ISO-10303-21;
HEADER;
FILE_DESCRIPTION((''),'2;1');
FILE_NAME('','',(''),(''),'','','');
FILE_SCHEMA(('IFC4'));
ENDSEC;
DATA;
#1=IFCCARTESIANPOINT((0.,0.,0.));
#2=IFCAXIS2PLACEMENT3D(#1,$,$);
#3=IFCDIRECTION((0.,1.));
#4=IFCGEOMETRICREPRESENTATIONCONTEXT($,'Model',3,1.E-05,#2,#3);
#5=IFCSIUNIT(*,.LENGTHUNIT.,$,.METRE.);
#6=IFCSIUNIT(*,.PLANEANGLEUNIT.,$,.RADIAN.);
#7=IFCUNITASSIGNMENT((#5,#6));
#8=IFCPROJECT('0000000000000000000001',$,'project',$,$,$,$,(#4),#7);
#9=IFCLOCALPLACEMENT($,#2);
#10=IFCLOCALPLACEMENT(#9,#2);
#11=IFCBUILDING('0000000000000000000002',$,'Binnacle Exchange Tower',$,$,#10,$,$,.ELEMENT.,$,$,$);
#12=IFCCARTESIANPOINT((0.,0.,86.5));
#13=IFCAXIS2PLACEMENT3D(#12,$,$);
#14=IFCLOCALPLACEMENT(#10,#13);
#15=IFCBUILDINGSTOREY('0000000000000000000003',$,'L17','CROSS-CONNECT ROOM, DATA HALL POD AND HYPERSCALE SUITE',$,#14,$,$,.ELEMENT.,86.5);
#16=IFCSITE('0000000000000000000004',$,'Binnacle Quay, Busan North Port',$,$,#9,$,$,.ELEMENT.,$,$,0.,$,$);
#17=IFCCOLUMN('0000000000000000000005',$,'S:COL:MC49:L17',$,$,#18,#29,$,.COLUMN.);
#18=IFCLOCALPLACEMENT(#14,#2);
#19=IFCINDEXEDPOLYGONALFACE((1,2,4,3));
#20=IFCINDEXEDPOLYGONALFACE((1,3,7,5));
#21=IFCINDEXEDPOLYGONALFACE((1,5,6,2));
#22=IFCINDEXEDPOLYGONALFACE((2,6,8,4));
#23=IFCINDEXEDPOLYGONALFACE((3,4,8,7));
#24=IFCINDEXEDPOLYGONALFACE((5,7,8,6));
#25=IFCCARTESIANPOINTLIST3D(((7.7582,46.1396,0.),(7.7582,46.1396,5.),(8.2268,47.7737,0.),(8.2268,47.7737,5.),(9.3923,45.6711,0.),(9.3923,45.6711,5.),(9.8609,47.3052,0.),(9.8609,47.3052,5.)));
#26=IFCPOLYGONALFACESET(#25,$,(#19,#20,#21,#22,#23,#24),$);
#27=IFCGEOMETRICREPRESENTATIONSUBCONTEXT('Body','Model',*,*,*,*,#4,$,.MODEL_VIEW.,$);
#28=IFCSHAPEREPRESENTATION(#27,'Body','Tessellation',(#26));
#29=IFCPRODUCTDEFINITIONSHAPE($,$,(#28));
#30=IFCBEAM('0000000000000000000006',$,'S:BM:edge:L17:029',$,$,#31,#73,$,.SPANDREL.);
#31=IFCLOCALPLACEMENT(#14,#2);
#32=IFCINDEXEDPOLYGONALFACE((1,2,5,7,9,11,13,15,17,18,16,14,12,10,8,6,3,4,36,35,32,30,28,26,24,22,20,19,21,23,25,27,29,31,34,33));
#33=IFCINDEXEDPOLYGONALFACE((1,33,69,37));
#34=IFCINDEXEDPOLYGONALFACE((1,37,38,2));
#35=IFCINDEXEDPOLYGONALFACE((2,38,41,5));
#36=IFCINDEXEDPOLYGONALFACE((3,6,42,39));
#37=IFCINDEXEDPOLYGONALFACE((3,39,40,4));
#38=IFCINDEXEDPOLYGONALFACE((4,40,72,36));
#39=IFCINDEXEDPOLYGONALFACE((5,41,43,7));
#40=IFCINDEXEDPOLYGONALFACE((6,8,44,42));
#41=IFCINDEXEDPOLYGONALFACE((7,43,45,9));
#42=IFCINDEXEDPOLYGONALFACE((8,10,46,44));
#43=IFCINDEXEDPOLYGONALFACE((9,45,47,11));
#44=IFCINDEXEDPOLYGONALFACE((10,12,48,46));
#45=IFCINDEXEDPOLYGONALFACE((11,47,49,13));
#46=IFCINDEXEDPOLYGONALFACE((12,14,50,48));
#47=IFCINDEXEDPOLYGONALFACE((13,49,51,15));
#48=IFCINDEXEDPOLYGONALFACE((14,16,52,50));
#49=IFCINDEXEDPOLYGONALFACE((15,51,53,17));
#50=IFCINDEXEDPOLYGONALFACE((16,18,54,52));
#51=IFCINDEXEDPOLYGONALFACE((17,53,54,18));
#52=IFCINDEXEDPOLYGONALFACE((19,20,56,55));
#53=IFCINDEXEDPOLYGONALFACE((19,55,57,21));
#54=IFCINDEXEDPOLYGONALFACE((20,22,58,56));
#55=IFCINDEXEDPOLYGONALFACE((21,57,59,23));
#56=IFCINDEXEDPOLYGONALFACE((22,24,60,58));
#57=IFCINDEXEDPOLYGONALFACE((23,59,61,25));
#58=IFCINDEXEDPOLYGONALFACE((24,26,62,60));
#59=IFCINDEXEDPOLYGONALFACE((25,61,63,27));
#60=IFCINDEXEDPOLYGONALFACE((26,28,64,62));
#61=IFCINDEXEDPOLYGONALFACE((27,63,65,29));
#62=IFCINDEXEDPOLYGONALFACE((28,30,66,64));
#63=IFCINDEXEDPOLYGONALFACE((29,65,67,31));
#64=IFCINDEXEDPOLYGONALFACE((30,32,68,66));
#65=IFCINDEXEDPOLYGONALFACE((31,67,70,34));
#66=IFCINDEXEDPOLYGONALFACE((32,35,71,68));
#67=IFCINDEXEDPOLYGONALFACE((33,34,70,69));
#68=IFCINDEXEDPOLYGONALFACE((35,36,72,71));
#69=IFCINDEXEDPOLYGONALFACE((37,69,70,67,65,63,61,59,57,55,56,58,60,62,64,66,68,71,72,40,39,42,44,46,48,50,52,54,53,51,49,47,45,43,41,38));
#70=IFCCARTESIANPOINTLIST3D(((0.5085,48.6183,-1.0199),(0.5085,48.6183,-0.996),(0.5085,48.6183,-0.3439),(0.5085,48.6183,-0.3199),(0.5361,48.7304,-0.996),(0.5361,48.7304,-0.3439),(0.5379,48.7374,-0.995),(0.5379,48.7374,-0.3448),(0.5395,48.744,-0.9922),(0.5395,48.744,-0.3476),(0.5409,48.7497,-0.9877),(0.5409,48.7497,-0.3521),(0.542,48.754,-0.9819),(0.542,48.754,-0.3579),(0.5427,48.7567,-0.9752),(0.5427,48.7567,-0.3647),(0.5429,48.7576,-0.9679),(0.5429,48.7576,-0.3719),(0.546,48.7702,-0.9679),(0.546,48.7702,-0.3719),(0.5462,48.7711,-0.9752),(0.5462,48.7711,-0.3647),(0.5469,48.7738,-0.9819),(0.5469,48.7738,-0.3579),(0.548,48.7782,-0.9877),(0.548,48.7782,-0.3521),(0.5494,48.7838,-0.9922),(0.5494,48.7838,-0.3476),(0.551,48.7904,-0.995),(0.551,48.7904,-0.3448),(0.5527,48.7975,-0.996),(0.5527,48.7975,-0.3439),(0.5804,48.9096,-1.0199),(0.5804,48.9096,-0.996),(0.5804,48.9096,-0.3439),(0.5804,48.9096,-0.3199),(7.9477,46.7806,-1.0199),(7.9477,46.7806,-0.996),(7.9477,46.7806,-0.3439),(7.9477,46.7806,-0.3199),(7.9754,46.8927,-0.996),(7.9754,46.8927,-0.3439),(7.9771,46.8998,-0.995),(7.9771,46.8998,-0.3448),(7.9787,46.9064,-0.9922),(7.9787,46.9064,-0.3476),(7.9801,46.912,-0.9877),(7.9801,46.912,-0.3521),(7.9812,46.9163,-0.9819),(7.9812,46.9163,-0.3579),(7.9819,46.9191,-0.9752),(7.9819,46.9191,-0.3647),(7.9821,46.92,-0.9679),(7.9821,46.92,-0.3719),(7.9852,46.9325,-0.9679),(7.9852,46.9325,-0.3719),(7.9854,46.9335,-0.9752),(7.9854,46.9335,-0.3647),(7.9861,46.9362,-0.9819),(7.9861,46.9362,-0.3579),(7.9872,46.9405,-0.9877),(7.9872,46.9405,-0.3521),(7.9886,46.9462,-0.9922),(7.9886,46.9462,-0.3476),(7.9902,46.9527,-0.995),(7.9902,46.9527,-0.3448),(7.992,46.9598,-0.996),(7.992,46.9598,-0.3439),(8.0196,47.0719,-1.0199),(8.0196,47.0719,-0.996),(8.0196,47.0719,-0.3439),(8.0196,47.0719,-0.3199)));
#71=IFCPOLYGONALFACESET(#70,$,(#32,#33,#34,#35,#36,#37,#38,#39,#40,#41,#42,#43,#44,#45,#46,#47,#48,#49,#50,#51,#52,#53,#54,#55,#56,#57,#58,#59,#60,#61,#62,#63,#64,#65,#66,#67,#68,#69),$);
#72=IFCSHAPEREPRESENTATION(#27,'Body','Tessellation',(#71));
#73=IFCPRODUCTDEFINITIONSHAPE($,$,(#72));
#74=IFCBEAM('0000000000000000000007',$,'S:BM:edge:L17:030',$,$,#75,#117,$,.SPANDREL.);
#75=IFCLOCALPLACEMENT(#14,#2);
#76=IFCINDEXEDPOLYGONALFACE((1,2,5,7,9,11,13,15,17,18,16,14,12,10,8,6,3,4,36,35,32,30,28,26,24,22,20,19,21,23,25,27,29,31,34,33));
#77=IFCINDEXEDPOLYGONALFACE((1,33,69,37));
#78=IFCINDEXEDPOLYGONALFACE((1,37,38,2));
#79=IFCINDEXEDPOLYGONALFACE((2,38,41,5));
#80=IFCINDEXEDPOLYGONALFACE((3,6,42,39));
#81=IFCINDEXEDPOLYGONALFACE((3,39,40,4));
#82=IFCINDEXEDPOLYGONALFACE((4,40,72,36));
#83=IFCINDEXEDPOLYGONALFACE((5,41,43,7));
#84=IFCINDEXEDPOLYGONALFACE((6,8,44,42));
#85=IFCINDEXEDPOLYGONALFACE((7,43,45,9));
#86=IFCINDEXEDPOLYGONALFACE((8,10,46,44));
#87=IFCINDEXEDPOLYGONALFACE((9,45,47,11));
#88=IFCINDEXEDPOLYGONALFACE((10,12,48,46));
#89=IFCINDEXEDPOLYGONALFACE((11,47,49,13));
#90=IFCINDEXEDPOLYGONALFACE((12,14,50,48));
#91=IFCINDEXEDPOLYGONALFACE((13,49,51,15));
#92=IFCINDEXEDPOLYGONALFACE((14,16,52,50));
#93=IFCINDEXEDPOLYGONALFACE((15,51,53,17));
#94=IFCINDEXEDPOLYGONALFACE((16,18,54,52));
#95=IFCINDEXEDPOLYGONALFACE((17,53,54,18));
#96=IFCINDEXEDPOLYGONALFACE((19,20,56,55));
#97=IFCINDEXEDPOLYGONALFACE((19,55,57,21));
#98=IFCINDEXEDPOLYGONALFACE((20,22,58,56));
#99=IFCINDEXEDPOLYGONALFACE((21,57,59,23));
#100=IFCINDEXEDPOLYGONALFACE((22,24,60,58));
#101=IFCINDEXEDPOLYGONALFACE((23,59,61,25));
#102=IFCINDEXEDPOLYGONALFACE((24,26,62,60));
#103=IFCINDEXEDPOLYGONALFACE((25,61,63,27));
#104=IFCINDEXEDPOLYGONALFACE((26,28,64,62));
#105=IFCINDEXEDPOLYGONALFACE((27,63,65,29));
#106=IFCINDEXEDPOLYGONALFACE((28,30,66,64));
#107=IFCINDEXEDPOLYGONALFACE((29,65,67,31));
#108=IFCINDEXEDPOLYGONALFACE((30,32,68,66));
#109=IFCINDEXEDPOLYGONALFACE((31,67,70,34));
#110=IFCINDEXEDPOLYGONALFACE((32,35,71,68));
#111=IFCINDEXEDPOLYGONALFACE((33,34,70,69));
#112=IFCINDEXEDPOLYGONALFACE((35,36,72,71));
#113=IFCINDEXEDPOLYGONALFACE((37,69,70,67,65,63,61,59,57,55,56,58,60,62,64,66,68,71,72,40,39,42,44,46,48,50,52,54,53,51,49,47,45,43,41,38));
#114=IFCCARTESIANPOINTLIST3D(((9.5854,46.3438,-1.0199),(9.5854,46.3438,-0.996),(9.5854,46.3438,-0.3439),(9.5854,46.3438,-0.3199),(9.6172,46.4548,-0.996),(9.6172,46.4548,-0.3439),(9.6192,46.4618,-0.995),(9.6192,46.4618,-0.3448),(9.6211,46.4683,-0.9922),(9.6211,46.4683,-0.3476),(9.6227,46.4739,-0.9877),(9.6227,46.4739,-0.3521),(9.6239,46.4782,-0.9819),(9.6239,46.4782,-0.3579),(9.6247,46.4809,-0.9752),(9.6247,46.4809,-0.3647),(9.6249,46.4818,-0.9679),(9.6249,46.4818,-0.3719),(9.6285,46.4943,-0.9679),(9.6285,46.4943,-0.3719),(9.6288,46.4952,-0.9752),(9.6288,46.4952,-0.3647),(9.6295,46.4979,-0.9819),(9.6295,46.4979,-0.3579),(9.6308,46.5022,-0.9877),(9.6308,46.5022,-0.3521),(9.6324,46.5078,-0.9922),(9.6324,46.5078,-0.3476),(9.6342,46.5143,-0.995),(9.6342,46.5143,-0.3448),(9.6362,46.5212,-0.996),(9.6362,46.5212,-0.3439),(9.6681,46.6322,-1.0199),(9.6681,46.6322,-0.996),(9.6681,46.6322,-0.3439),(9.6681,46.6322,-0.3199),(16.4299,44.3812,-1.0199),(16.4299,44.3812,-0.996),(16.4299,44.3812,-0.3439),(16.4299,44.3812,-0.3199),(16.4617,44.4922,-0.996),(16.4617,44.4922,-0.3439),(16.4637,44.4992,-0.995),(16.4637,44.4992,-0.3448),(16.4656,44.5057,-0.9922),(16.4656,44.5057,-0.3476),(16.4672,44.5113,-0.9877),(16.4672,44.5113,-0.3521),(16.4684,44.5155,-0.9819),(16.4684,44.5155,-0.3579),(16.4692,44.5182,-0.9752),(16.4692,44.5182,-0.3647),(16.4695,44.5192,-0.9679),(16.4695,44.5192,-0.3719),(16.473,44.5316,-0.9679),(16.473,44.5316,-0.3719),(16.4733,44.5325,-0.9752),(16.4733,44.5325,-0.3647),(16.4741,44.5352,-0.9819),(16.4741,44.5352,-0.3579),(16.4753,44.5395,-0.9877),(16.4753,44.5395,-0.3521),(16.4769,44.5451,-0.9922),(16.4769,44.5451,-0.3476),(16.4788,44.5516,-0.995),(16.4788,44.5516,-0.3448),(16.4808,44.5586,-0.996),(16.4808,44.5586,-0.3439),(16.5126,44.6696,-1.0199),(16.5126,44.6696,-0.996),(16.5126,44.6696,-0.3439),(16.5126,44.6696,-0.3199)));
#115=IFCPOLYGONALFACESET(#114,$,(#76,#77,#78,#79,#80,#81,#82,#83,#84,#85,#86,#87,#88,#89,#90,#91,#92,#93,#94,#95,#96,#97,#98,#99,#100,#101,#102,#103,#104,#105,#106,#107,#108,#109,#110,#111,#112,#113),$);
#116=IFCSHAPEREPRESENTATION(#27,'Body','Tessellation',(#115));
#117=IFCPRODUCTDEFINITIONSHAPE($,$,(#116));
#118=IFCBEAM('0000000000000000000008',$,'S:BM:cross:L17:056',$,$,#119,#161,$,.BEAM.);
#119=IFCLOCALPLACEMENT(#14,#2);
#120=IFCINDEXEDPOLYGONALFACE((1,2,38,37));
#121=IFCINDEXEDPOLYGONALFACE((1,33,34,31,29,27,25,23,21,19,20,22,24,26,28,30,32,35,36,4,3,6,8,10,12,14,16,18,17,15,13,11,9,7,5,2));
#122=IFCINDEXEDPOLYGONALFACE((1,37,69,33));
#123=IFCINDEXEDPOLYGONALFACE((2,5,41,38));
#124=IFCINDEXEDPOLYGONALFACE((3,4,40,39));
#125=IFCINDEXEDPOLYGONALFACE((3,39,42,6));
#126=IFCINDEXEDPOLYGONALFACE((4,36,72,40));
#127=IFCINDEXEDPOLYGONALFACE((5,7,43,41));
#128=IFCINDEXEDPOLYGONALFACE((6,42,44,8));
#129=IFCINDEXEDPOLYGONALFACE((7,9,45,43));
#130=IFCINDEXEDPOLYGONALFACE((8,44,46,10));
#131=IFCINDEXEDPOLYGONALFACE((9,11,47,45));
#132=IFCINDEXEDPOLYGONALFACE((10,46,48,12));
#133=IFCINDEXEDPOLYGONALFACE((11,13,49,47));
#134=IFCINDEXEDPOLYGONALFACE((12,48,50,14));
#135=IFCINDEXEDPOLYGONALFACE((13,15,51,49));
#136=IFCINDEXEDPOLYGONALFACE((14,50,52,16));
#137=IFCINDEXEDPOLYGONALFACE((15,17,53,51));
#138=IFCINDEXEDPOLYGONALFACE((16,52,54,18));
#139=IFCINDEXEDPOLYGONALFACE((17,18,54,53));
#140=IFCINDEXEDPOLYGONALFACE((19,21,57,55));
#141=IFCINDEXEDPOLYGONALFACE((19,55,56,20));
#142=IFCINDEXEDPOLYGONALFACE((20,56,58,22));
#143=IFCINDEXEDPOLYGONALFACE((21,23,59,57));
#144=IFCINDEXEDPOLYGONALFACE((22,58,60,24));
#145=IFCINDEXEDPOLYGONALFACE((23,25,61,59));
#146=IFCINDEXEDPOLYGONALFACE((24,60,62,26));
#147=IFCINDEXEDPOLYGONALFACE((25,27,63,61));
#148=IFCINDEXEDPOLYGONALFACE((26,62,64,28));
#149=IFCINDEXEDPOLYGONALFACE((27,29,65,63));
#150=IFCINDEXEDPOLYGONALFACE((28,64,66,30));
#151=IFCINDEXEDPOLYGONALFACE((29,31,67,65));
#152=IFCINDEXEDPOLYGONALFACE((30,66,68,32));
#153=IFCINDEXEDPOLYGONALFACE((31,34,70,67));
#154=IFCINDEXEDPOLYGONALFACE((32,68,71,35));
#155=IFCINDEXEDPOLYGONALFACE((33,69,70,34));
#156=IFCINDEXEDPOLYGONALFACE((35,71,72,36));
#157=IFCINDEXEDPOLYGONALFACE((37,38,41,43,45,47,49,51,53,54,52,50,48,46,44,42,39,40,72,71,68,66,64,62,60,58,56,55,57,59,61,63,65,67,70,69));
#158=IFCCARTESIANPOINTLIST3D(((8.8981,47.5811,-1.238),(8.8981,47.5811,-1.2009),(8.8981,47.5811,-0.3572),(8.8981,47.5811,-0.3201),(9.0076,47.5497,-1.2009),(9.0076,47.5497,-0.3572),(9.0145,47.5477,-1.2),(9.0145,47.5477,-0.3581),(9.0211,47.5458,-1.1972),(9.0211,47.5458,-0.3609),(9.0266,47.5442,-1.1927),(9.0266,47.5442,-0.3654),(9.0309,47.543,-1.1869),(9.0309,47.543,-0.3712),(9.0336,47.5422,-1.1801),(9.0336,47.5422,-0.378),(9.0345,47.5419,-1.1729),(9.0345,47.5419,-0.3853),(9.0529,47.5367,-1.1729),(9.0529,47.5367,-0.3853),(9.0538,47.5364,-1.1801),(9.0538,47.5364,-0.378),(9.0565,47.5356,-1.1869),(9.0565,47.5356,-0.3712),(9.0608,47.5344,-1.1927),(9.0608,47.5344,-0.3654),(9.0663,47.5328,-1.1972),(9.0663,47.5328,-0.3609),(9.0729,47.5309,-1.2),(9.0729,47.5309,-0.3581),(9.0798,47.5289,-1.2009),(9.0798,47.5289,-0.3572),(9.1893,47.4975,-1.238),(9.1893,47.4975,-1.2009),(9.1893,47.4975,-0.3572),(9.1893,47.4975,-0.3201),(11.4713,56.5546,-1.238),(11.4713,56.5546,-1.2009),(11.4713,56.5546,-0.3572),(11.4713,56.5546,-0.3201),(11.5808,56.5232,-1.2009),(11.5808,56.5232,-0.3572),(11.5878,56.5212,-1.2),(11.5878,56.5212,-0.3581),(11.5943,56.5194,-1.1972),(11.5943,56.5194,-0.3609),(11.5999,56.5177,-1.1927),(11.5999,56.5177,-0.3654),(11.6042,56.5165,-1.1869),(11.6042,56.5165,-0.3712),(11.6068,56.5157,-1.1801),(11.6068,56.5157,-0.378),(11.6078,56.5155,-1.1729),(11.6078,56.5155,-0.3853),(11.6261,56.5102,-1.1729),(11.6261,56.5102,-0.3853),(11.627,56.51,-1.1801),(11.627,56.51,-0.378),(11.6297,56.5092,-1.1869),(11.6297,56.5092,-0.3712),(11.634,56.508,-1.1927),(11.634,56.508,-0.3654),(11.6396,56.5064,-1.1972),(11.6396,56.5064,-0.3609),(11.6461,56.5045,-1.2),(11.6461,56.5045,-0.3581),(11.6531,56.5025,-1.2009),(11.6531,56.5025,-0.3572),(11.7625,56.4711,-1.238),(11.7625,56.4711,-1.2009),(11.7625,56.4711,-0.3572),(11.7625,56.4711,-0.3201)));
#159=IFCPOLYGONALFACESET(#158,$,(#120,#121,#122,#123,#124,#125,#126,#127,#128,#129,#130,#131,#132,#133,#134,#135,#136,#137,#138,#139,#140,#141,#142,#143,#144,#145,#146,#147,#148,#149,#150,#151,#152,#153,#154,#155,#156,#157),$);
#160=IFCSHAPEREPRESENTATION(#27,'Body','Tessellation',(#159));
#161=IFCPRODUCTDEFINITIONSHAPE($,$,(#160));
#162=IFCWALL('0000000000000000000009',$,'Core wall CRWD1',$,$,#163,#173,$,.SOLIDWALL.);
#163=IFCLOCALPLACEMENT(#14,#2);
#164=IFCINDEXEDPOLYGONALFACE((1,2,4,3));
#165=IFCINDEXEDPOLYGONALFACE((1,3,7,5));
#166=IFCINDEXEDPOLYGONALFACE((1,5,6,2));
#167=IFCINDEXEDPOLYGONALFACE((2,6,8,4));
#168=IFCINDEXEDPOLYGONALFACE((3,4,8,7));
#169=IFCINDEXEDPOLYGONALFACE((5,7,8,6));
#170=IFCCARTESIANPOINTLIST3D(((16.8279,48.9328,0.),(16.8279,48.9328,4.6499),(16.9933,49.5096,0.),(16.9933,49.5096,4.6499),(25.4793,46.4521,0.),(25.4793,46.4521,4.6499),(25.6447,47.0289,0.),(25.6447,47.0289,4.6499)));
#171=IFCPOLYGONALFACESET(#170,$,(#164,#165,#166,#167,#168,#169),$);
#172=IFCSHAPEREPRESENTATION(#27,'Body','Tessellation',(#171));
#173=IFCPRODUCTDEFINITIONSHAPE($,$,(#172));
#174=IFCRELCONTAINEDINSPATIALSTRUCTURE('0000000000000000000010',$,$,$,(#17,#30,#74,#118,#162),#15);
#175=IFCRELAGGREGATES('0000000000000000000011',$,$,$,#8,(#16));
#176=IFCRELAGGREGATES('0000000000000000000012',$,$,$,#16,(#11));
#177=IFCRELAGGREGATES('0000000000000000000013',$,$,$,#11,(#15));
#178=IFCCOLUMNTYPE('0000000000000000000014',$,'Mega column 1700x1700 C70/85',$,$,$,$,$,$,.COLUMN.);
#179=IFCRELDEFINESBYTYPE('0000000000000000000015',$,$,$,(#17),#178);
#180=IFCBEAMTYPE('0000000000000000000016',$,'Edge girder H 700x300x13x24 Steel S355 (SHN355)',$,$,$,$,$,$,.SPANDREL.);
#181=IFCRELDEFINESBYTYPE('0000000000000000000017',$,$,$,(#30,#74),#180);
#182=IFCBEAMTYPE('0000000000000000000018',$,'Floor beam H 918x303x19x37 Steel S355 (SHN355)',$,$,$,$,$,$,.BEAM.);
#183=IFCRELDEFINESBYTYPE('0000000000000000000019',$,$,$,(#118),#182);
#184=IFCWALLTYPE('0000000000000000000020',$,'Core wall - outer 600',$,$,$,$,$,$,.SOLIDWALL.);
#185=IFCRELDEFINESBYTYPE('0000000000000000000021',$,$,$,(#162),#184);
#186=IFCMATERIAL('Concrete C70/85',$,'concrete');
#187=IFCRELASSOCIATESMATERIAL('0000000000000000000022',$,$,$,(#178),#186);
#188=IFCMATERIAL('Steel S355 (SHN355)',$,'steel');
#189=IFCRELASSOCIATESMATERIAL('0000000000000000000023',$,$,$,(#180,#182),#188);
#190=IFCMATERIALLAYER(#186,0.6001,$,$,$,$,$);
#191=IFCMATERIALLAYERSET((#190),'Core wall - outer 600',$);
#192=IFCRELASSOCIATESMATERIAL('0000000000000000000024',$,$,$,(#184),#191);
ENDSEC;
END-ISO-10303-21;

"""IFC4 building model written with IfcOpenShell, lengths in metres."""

from ifc_helpers import new_model, si_unit, direction, frame, frame_2d, origin, origin_2d, place, context, subcontext, project, spatial, rectangle, i_section, extrude, material, layer, layer_set, material_profile, profile_set, type_object, element, save


model = new_model("IFC4")

# Units and contexts
model_context = context("Model", 3, precision=1e-05, world=origin(), true_north=direction((0.0, 1.0)))
body_context = subcontext(model_context, "Body", "Model", "MODEL_VIEW")
ifc_project = project(units=[si_unit("LENGTHUNIT", "METRE"), si_unit("PLANEANGLEUNIT", "RADIAN")], contexts=[model_context])

# Site, building, storey
site_placement = place(None, origin())
site = spatial("IfcSite", under=ifc_project, at=site_placement, Name="Binnacle Quay, Busan North Port", CompositionType="ELEMENT", RefElevation=0.0)
building_placement = place(site_placement, origin())
building = spatial("IfcBuilding", under=site, at=building_placement, Name="Binnacle Exchange Tower", CompositionType="ELEMENT")
storey_placement = place(building_placement, frame((0.0, 0.0, 86.5)))
storey = spatial("IfcBuildingStorey", under=building, at=storey_placement, Name="L17", Description="CROSS-CONNECT ROOM, DATA HALL POD AND HYPERSCALE SUITE", CompositionType="ELEMENT", Elevation=86.5)

# Column
ifc_material_1 = material(Name="Concrete C70/85", Category="concrete")
ifc_material_profile_1 = material_profile(ifc_material_1, rectangle(XDim=1.7, YDim=1.7, at=origin_2d()), Name="Mega column 1700x1700 C70/85")
ifc_profile_set_1 = profile_set([ifc_material_profile_1], Name="Concrete C70/85")
column_type = type_object("IfcColumnType", Name="Mega column 1700x1700 C70/85", PredefinedType="COLUMN", material=ifc_profile_set_1)
column_placement = place(storey_placement, frame((8.8096, 46.7224, 0.0), z_axis=(0.0, 0.0, 1.0), x_axis=(0.961262, -0.275637, 0.0)))
element("IfcColumn", 1, at=column_placement, inside=storey, type_object=column_type, Name="S:COL:MC49:L17", PredefinedType="COLUMN", context=body_context, shape_type="SweptSolid", body=[
    extrude(rectangle(XDim=1.7, YDim=1.7, at=origin_2d()), origin(), (0.0, 0.0, 1.0), 5.0),
])

# Beams
ifc_material_2 = material(Name="Steel S355 (SHN355)", Category="steel")
ifc_material_profile_2 = material_profile(ifc_material_2, i_section(OverallWidth=0.3, OverallDepth=0.7, WebThickness=0.0129, FlangeThickness=0.0239, FilletRadius=0.0281, at=origin_2d()), Name="H 700x300x13x24")
ifc_profile_set_2 = profile_set([ifc_material_profile_2], Name="Steel S355 (SHN355)")
beam_type_1 = type_object("IfcBeamType", Name="Edge girder H 700x300x13x24 Steel S355 (SHN355)", PredefinedType="SPANDREL", material=ifc_profile_set_2)
beam_1_placement = place(storey_placement, frame((0.5444, 48.7639, -0.6699), z_axis=(0.970819, -0.239813, 0.0), x_axis=(0.239813, 0.970819, 0.0)))
element("IfcBeam", 2, at=beam_1_placement, inside=storey, type_object=beam_type_1, Name="S:BM:edge:L17:029", PredefinedType="SPANDREL", context=body_context, shape_type="SweptSolid", body=[
    extrude(i_section(OverallWidth=0.3, OverallDepth=0.7, WebThickness=0.0129, FlangeThickness=0.0239, FilletRadius=0.0281, at=origin_2d()), origin(), (0.0, 0.0, 1.0), 7.6628),
])
beam_2_placement = place(storey_placement, frame((9.6267, 46.488, -0.6699), z_axis=(0.961261, -0.27564, 0.0), x_axis=(0.27564, 0.961261, 0.0)))
element("IfcBeam", 3, at=beam_2_placement, inside=storey, type_object=beam_type_1, Name="S:BM:edge:L17:030", PredefinedType="SPANDREL", context=body_context, shape_type="SweptSolid", body=[
    extrude(i_section(OverallWidth=0.3, OverallDepth=0.7, WebThickness=0.0129, FlangeThickness=0.0239, FilletRadius=0.0281, at=origin_2d()), origin(), (0.0, 0.0, 1.0), 7.1204),
])
ifc_material_profile_3 = material_profile(ifc_material_2, i_section(OverallWidth=0.303, OverallDepth=0.918, WebThickness=0.019, FlangeThickness=0.0371, FilletRadius=0.0281, at=origin_2d()), Name="H 918x303x19x37")
ifc_profile_set_3 = profile_set([ifc_material_profile_3], Name="Steel S355 (SHN355)")
beam_type_2 = type_object("IfcBeamType", Name="Floor beam H 918x303x19x37 Steel S355 (SHN355)", PredefinedType="BEAM", material=ifc_profile_set_3)
beam_3_placement = place(storey_placement, frame((9.0437, 47.5393, -0.7791), z_axis=(0.275647, 0.961259, 0.0), x_axis=(-0.961259, 0.275647, 0.0)))
element("IfcBeam", 4, at=beam_3_placement, inside=storey, type_object=beam_type_2, Name="S:BM:cross:L17:056", PredefinedType="BEAM", context=body_context, shape_type="SweptSolid", body=[
    extrude(i_section(OverallWidth=0.303, OverallDepth=0.918, WebThickness=0.019, FlangeThickness=0.0371, FilletRadius=0.0281, at=origin_2d()), origin(), (0.0, 0.0, 1.0), 9.3352),
])

# Wall
ifc_layer_1 = layer(ifc_material_1, 0.6001)
ifc_layer_set_1 = layer_set([ifc_layer_1], Name="Core wall - outer 600")
wall_type_1 = type_object("IfcWallType", Name="Core wall - outer 600", PredefinedType="SOLIDWALL", material=ifc_layer_set_1)
wall_1_placement = place(storey_placement, frame((16.9106, 49.2212, 0.0), z_axis=(0.0, 0.0, 1.0), x_axis=(0.961262, -0.275635, 0.0)))
element("IfcWall", 5, at=wall_1_placement, inside=storey, type_object=wall_type_1, Name="Core wall CRWD1", PredefinedType="SOLIDWALL", context=body_context, shape_type="SweptSolid", body=[
    extrude(rectangle(XDim=9.0, YDim=0.6001, at=frame_2d((4.5, 0.0))), origin(), (0.0, 0.0, 1.0), 4.6499),
])

save(model, "model.ifc")
